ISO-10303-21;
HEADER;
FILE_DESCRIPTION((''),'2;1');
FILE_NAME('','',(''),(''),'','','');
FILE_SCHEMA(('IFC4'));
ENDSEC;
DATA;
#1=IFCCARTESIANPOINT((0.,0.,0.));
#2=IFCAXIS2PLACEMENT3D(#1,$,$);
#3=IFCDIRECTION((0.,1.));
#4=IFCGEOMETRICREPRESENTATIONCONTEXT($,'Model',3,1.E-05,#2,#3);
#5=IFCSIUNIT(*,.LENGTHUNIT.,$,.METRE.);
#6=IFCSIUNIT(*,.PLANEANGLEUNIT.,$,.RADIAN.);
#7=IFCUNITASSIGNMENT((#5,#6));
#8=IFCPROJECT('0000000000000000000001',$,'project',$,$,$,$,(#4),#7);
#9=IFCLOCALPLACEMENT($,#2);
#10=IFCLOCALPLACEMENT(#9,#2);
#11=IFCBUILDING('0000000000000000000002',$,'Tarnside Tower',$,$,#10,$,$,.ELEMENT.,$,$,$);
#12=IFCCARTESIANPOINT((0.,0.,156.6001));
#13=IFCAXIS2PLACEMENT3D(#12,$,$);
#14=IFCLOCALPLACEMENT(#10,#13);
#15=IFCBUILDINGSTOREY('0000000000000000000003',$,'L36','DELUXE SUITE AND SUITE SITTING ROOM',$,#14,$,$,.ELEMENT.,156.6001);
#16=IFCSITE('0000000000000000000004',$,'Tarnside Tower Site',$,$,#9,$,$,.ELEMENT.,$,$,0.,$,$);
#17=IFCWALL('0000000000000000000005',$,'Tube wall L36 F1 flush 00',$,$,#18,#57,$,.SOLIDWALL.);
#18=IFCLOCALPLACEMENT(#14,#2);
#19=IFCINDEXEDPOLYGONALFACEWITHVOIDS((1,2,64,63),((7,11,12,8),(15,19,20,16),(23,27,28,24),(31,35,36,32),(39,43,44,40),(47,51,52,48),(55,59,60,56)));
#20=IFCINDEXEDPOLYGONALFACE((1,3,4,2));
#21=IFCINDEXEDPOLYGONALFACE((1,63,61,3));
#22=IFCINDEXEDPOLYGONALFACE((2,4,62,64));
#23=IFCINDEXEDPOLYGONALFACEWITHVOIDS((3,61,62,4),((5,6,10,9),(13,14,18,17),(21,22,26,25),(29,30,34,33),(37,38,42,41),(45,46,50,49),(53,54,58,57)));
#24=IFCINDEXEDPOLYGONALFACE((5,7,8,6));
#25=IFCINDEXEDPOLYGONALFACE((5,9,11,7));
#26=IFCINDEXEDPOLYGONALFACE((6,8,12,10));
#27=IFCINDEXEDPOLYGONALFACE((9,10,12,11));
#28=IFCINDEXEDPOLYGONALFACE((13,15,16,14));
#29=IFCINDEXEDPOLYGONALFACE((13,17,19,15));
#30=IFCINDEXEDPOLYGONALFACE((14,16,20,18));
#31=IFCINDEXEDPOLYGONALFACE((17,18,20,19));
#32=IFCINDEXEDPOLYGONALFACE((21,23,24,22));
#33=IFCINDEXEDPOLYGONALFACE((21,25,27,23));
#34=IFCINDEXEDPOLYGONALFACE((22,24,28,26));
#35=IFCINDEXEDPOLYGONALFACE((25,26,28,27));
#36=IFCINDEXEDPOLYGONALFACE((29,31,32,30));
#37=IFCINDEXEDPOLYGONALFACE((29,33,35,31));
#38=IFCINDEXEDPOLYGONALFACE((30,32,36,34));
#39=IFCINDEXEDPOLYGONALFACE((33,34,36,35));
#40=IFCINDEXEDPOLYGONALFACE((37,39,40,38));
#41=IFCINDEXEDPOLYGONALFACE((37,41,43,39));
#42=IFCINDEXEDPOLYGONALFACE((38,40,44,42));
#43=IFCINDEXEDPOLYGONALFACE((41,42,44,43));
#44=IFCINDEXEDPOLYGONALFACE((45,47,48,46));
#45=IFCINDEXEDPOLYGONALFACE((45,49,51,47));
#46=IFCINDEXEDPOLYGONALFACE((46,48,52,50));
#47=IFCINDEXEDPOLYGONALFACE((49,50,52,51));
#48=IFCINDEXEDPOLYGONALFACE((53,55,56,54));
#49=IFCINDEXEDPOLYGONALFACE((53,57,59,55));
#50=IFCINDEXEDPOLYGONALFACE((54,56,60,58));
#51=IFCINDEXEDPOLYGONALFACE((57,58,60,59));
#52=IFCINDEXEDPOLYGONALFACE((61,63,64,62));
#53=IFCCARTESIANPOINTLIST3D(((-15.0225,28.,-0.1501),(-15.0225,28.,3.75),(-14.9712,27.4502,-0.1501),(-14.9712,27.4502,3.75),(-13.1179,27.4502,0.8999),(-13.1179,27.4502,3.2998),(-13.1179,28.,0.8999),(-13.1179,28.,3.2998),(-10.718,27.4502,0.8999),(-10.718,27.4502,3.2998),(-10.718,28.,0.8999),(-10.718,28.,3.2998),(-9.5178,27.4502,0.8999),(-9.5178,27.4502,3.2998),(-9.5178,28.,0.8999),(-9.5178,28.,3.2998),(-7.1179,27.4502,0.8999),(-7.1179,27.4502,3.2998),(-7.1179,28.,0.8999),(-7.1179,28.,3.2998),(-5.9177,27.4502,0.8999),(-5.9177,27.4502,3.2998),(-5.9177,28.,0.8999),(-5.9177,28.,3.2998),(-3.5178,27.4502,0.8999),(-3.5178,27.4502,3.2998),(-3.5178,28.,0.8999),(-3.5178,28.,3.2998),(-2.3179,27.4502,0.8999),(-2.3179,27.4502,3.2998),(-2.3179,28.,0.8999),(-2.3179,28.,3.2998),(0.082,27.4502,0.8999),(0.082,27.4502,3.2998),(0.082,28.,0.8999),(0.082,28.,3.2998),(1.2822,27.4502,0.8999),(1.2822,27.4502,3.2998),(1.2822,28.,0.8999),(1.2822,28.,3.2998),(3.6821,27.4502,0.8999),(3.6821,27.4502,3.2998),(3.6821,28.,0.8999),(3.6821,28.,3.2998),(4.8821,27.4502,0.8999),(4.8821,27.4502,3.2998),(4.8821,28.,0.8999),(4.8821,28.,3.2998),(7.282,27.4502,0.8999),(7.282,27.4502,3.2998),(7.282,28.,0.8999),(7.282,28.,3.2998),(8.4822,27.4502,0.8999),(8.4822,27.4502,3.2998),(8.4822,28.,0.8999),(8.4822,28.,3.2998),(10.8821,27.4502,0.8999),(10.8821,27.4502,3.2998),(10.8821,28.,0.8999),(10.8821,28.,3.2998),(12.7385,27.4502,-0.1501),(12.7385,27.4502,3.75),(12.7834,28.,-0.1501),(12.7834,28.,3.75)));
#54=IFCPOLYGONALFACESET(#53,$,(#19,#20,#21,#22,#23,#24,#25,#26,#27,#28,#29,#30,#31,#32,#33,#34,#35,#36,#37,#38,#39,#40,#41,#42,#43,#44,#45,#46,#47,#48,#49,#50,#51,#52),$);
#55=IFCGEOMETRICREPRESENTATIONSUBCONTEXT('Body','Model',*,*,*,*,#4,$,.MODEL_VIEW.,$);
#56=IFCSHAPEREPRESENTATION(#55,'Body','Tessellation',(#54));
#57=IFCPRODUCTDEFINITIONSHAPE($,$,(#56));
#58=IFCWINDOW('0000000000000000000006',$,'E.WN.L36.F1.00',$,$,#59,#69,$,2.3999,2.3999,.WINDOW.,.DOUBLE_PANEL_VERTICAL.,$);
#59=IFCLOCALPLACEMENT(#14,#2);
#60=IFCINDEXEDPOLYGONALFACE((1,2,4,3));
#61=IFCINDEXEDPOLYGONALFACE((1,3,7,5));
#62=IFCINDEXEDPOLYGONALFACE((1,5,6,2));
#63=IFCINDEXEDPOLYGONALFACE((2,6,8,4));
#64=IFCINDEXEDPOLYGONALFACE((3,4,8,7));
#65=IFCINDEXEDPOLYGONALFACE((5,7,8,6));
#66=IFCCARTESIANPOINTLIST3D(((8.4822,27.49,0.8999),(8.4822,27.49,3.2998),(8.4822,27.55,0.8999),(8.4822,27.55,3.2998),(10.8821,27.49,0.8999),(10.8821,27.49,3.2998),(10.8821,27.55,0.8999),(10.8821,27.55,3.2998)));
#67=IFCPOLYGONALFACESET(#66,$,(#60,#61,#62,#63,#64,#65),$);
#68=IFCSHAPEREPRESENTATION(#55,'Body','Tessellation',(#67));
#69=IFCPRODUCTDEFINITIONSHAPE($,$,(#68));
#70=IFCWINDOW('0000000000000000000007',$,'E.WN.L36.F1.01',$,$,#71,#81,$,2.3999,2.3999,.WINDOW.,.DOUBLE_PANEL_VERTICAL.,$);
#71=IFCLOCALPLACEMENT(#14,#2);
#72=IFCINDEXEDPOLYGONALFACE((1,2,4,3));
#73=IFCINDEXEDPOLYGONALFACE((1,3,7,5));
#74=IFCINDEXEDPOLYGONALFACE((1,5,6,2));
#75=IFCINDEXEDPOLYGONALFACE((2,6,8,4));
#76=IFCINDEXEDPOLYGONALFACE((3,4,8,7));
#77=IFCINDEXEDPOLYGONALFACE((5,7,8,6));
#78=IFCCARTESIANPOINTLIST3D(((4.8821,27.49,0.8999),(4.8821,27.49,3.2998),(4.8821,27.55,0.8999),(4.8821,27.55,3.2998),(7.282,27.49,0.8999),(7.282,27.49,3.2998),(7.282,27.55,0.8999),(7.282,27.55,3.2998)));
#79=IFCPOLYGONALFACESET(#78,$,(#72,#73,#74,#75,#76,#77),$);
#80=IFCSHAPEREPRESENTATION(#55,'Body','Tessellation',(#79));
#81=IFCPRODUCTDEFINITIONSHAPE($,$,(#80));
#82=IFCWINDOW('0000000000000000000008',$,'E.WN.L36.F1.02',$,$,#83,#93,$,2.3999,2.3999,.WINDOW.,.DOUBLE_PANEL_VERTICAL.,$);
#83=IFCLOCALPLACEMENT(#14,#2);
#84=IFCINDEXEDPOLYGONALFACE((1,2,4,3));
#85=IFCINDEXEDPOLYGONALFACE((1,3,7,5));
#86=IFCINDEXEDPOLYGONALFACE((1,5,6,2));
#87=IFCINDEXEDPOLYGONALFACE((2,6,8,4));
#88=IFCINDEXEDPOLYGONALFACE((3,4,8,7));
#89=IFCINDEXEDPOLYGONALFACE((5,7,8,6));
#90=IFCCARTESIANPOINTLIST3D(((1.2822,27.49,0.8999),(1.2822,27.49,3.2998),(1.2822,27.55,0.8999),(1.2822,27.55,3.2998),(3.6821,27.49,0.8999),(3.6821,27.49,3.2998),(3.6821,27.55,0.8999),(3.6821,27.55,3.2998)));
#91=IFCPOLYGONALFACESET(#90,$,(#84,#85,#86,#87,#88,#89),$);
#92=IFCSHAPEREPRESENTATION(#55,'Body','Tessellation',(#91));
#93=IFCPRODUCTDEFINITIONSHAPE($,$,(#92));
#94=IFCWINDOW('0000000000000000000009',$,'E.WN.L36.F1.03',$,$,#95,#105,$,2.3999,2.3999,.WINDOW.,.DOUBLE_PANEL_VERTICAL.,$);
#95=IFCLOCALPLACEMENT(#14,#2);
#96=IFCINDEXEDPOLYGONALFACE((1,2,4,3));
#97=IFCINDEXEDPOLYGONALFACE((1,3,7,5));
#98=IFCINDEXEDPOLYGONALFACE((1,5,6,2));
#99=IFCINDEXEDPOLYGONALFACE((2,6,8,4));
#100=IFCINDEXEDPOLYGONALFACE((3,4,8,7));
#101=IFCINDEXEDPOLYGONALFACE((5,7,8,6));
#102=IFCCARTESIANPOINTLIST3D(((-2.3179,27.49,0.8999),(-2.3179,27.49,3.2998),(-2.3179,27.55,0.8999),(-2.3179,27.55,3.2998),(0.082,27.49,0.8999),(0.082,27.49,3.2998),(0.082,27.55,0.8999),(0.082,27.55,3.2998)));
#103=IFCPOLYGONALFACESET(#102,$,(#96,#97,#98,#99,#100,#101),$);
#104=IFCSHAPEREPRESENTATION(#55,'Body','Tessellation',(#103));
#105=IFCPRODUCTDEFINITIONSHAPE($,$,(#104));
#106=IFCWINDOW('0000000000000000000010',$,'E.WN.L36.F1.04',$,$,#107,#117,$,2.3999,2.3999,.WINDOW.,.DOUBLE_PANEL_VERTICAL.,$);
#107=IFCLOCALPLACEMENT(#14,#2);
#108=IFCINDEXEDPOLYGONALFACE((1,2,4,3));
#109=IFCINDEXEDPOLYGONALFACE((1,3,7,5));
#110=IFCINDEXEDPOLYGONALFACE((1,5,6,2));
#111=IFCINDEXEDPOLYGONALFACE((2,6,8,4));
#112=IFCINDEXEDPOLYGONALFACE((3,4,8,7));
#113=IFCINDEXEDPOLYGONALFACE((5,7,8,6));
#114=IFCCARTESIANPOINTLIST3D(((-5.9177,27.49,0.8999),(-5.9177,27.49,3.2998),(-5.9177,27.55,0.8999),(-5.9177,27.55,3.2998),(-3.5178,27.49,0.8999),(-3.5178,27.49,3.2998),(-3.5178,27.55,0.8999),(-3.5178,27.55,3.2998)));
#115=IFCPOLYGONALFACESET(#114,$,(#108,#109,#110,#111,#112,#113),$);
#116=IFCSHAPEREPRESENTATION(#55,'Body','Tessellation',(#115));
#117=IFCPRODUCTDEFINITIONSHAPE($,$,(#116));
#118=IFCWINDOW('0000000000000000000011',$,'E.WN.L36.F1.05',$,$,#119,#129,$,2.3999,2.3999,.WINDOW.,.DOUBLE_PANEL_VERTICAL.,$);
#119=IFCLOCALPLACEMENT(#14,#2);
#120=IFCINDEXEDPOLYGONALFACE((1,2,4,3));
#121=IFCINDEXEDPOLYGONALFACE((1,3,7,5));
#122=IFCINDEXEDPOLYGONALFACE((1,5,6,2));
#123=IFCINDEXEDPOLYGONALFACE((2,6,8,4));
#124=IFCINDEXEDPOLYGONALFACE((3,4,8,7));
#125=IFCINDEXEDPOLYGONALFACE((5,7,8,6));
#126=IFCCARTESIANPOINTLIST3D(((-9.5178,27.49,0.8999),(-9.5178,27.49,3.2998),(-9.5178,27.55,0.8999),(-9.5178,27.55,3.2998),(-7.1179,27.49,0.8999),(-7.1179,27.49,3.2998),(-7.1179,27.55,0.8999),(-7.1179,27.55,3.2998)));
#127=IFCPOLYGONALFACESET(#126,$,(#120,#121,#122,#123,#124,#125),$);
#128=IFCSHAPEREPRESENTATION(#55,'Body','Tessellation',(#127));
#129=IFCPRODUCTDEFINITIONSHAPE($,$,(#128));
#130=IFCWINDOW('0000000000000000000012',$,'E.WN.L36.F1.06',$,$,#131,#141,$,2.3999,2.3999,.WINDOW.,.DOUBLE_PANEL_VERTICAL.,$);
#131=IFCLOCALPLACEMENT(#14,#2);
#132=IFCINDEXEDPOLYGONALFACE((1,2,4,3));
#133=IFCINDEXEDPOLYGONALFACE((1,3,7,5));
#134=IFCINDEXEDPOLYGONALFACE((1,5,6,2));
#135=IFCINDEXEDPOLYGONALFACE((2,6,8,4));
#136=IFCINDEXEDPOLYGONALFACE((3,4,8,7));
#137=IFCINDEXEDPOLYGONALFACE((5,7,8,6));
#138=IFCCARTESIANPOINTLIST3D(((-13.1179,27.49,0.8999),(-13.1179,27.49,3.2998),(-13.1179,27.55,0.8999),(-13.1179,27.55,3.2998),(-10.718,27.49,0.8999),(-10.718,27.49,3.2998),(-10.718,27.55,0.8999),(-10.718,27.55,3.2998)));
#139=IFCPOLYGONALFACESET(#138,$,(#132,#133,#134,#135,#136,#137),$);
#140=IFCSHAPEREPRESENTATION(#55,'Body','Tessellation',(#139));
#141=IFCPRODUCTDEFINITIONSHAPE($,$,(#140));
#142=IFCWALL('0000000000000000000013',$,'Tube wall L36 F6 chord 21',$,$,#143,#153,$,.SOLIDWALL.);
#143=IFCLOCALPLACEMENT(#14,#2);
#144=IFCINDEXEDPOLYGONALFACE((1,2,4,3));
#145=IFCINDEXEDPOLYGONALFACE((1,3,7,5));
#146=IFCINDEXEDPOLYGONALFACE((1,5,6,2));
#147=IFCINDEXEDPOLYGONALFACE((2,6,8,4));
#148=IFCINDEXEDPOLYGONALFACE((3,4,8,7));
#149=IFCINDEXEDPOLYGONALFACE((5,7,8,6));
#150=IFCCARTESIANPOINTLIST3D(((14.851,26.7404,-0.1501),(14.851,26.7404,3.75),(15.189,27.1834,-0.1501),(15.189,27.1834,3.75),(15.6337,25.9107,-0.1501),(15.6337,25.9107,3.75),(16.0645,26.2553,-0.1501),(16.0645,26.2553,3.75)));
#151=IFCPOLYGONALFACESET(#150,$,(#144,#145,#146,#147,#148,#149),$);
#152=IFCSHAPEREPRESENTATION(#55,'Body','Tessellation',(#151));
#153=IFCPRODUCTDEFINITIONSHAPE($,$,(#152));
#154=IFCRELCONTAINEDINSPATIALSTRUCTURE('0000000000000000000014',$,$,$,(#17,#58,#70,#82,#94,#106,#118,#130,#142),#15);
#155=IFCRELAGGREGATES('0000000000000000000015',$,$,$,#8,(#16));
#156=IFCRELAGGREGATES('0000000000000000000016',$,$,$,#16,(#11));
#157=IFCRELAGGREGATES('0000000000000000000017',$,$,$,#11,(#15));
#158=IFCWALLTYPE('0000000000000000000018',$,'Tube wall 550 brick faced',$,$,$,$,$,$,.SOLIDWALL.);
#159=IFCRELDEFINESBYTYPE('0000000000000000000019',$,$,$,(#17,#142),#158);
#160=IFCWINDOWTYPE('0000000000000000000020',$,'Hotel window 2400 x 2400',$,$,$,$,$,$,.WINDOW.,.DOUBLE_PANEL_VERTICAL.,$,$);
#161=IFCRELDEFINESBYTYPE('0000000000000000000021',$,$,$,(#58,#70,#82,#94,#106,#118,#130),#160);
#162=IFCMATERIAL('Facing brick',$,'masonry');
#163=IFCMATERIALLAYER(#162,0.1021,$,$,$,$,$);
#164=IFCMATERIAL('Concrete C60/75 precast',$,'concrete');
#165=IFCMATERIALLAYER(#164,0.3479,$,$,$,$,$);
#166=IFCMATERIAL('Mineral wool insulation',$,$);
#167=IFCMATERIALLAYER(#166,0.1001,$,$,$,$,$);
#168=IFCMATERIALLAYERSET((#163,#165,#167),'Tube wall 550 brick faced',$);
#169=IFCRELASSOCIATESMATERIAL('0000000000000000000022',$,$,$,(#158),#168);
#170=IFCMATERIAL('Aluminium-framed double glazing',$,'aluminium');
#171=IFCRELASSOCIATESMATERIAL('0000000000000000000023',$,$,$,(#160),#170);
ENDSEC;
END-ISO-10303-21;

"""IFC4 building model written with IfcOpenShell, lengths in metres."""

from ifc_helpers import new_model, si_unit, direction, frame, frame_2d, origin, place, context, subcontext, project, spatial, polyline, rectangle, outline, extrude, material, layer, layer_set, type_object, element, fill, save


model = new_model("IFC4")

# Units and contexts
model_context = context("Model", 3, precision=1e-05, world=origin(), true_north=direction((0.0, 1.0)))
body_context = subcontext(model_context, "Body", "Model", "MODEL_VIEW")
ifc_project = project(units=[si_unit("LENGTHUNIT", "METRE"), si_unit("PLANEANGLEUNIT", "RADIAN")], contexts=[model_context])

# Site, building, storey
site_placement = place(None, origin())
site = spatial("IfcSite", under=ifc_project, at=site_placement, Name="Tarnside Tower Site", CompositionType="ELEMENT", RefElevation=0.0)
building_placement = place(site_placement, origin())
building = spatial("IfcBuilding", under=site, at=building_placement, Name="Tarnside Tower", CompositionType="ELEMENT")
storey_placement = place(building_placement, frame((0.0, 0.0, 156.6001)))
storey = spatial("IfcBuildingStorey", under=building, at=storey_placement, Name="L36", Description="DELUXE SUITE AND SUITE SITTING ROOM", CompositionType="ELEMENT", Elevation=156.6001)

# Wall, openings, windows
ifc_material_1 = material(Name="Facing brick", Category="masonry")
ifc_layer_1 = layer(ifc_material_1, 0.1021)
ifc_material_2 = material(Name="Concrete C60/75 precast", Category="concrete")
ifc_layer_2 = layer(ifc_material_2, 0.3479)
ifc_material_3 = material(Name="Mineral wool insulation")
ifc_layer_3 = layer(ifc_material_3, 0.1001)
ifc_layer_set_1 = layer_set([ifc_layer_1, ifc_layer_2, ifc_layer_3], Name="Tube wall 550 brick faced")
wall_type_1 = type_object("IfcWallType", Name="Tube wall 550 brick faced", PredefinedType="SOLIDWALL", material=ifc_layer_set_1)
wall_1_placement = place(storey_placement, frame((12.761, 27.7251, -0.1501), z_axis=(0.0, 0.0, 1.0), x_axis=(-1.0, 0.0, 0.0)))
wall_1 = element("IfcWall", 1, at=wall_1_placement, inside=storey, type_object=wall_type_1, Name="Tube wall L36 F1 flush 00", PredefinedType="SOLIDWALL", context=body_context, shape_type="SweptSolid", body=[
    extrude(outline(polyline([(-0.0225, -0.2749), (27.7834, -0.2749), (27.7322, 0.2749), (0.0225, 0.2749), (-0.0225, -0.2749)])), origin(), (0.0, 0.0, 1.0), 3.9001),
])
opening_1_placement = place(wall_1_placement, frame((1.8789, 0.0, 1.05)))
opening_1 = element("IfcOpeningElement", 2, at=opening_1_placement, cuts=wall_1, PredefinedType="OPENING", context=body_context, shape_type="SweptSolid", body=[
    extrude(rectangle(XDim=2.3999, YDim=2.3999, at=frame_2d((1.2, 1.2))), frame((0.0, 0.2852, 0.0), z_axis=(0.0, -1.0, 0.0), x_axis=(1.0, 0.0, 0.0)), (0.0, 0.0, 1.0), 0.5701),
])
opening_2_placement = place(wall_1_placement, frame((5.479, 0.0, 1.05)))
opening_2 = element("IfcOpeningElement", 3, at=opening_2_placement, cuts=wall_1, PredefinedType="OPENING", context=body_context, shape_type="SweptSolid", body=[
    extrude(rectangle(XDim=2.3999, YDim=2.3999, at=frame_2d((1.2, 1.2))), frame((0.0, 0.2852, 0.0), z_axis=(0.0, -1.0, 0.0), x_axis=(1.0, 0.0, 0.0)), (0.0, 0.0, 1.0), 0.5701),
])
opening_3_placement = place(wall_1_placement, frame((9.0789, 0.0, 1.05)))
opening_3 = element("IfcOpeningElement", 4, at=opening_3_placement, cuts=wall_1, PredefinedType="OPENING", context=body_context, shape_type="SweptSolid", body=[
    extrude(rectangle(XDim=2.3999, YDim=2.3999, at=frame_2d((1.2, 1.2))), frame((0.0, 0.2852, 0.0), z_axis=(0.0, -1.0, 0.0), x_axis=(1.0, 0.0, 0.0)), (0.0, 0.0, 1.0), 0.5701),
])
opening_4_placement = place(wall_1_placement, frame((12.679, 0.0, 1.05)))
opening_4 = element("IfcOpeningElement", 5, at=opening_4_placement, cuts=wall_1, PredefinedType="OPENING", context=body_context, shape_type="SweptSolid", body=[
    extrude(rectangle(XDim=2.3999, YDim=2.3999, at=frame_2d((1.2, 1.2))), frame((0.0, 0.2852, 0.0), z_axis=(0.0, -1.0, 0.0), x_axis=(1.0, 0.0, 0.0)), (0.0, 0.0, 1.0), 0.5701),
])
opening_5_placement = place(wall_1_placement, frame((16.2788, 0.0, 1.05)))
opening_5 = element("IfcOpeningElement", 6, at=opening_5_placement, cuts=wall_1, PredefinedType="OPENING", context=body_context, shape_type="SweptSolid", body=[
    extrude(rectangle(XDim=2.3999, YDim=2.3999, at=frame_2d((1.2, 1.2))), frame((0.0, 0.2852, 0.0), z_axis=(0.0, -1.0, 0.0), x_axis=(1.0, 0.0, 0.0)), (0.0, 0.0, 1.0), 0.5701),
])
opening_6_placement = place(wall_1_placement, frame((19.8789, 0.0, 1.05)))
opening_6 = element("IfcOpeningElement", 7, at=opening_6_placement, cuts=wall_1, PredefinedType="OPENING", context=body_context, shape_type="SweptSolid", body=[
    extrude(rectangle(XDim=2.3999, YDim=2.3999, at=frame_2d((1.2, 1.2))), frame((0.0, 0.2852, 0.0), z_axis=(0.0, -1.0, 0.0), x_axis=(1.0, 0.0, 0.0)), (0.0, 0.0, 1.0), 0.5701),
])
opening_7_placement = place(wall_1_placement, frame((23.479, 0.0, 1.05)))
opening_7 = element("IfcOpeningElement", 8, at=opening_7_placement, cuts=wall_1, PredefinedType="OPENING", context=body_context, shape_type="SweptSolid", body=[
    extrude(rectangle(XDim=2.3999, YDim=2.3999, at=frame_2d((1.2, 1.2))), frame((0.0, 0.2852, 0.0), z_axis=(0.0, -1.0, 0.0), x_axis=(1.0, 0.0, 0.0)), (0.0, 0.0, 1.0), 0.5701),
])
ifc_material_4 = material(Name="Aluminium-framed double glazing", Category="aluminium")
window_type = type_object("IfcWindowType", Name="Hotel window 2400 x 2400", PartitioningType="DOUBLE_PANEL_VERTICAL", PredefinedType="WINDOW", material=ifc_material_4)
window_1_placement = place(opening_1_placement, frame((0.0, 0.2051, 0.0)))
window_1 = element("IfcWindow", 9, at=window_1_placement, inside=storey, type_object=window_type, Name="E.WN.L36.F1.00", OverallHeight=2.3999, OverallWidth=2.3999, PartitioningType="DOUBLE_PANEL_VERTICAL", PredefinedType="WINDOW", context=body_context, shape_type="SweptSolid", body=[
    extrude(rectangle(XDim=2.3999, YDim=2.3999, at=frame_2d((1.2, 1.2))), frame((0.0, 0.03, 0.0), z_axis=(0.0, -1.0, 0.0), x_axis=(1.0, 0.0, 0.0)), (0.0, 0.0, 1.0), 0.0601),
])
fill(opening_1, window_1)
window_2_placement = place(opening_2_placement, frame((0.0, 0.2051, 0.0)))
window_2 = element("IfcWindow", 10, at=window_2_placement, inside=storey, type_object=window_type, Name="E.WN.L36.F1.01", OverallHeight=2.3999, OverallWidth=2.3999, PartitioningType="DOUBLE_PANEL_VERTICAL", PredefinedType="WINDOW", context=body_context, shape_type="SweptSolid", body=[
    extrude(rectangle(XDim=2.3999, YDim=2.3999, at=frame_2d((1.2, 1.2))), frame((0.0, 0.03, 0.0), z_axis=(0.0, -1.0, 0.0), x_axis=(1.0, 0.0, 0.0)), (0.0, 0.0, 1.0), 0.0601),
])
fill(opening_2, window_2)
window_3_placement = place(opening_3_placement, frame((0.0, 0.2051, 0.0)))
window_3 = element("IfcWindow", 11, at=window_3_placement, inside=storey, type_object=window_type, Name="E.WN.L36.F1.02", OverallHeight=2.3999, OverallWidth=2.3999, PartitioningType="DOUBLE_PANEL_VERTICAL", PredefinedType="WINDOW", context=body_context, shape_type="SweptSolid", body=[
    extrude(rectangle(XDim=2.3999, YDim=2.3999, at=frame_2d((1.2, 1.2))), frame((0.0, 0.03, 0.0), z_axis=(0.0, -1.0, 0.0), x_axis=(1.0, 0.0, 0.0)), (0.0, 0.0, 1.0), 0.0601),
])
fill(opening_3, window_3)
window_4_placement = place(opening_4_placement, frame((0.0, 0.2051, 0.0)))
window_4 = element("IfcWindow", 12, at=window_4_placement, inside=storey, type_object=window_type, Name="E.WN.L36.F1.03", OverallHeight=2.3999, OverallWidth=2.3999, PartitioningType="DOUBLE_PANEL_VERTICAL", PredefinedType="WINDOW", context=body_context, shape_type="SweptSolid", body=[
    extrude(rectangle(XDim=2.3999, YDim=2.3999, at=frame_2d((1.2, 1.2))), frame((0.0, 0.03, 0.0), z_axis=(0.0, -1.0, 0.0), x_axis=(1.0, 0.0, 0.0)), (0.0, 0.0, 1.0), 0.0601),
])
fill(opening_4, window_4)
window_5_placement = place(opening_5_placement, frame((0.0, 0.2051, 0.0)))
window_5 = element("IfcWindow", 13, at=window_5_placement, inside=storey, type_object=window_type, Name="E.WN.L36.F1.04", OverallHeight=2.3999, OverallWidth=2.3999, PartitioningType="DOUBLE_PANEL_VERTICAL", PredefinedType="WINDOW", context=body_context, shape_type="SweptSolid", body=[
    extrude(rectangle(XDim=2.3999, YDim=2.3999, at=frame_2d((1.2, 1.2))), frame((0.0, 0.03, 0.0), z_axis=(0.0, -1.0, 0.0), x_axis=(1.0, 0.0, 0.0)), (0.0, 0.0, 1.0), 0.0601),
])
fill(opening_5, window_5)
window_6_placement = place(opening_6_placement, frame((0.0, 0.2051, 0.0)))
window_6 = element("IfcWindow", 14, at=window_6_placement, inside=storey, type_object=window_type, Name="E.WN.L36.F1.05", OverallHeight=2.3999, OverallWidth=2.3999, PartitioningType="DOUBLE_PANEL_VERTICAL", PredefinedType="WINDOW", context=body_context, shape_type="SweptSolid", body=[
    extrude(rectangle(XDim=2.3999, YDim=2.3999, at=frame_2d((1.2, 1.2))), frame((0.0, 0.03, 0.0), z_axis=(0.0, -1.0, 0.0), x_axis=(1.0, 0.0, 0.0)), (0.0, 0.0, 1.0), 0.0601),
])
fill(opening_6, window_6)
window_7_placement = place(opening_7_placement, frame((0.0, 0.2051, 0.0)))
window_7 = element("IfcWindow", 15, at=window_7_placement, inside=storey, type_object=window_type, Name="E.WN.L36.F1.06", OverallHeight=2.3999, OverallWidth=2.3999, PartitioningType="DOUBLE_PANEL_VERTICAL", PredefinedType="WINDOW", context=body_context, shape_type="SweptSolid", body=[
    extrude(rectangle(XDim=2.3999, YDim=2.3999, at=frame_2d((1.2, 1.2))), frame((0.0, 0.03, 0.0), z_axis=(0.0, -1.0, 0.0), x_axis=(1.0, 0.0, 0.0)), (0.0, 0.0, 1.0), 0.0601),
])
fill(opening_7, window_7)

# Wall
wall_2_placement = place(storey_placement, frame((15.8491, 26.083, -0.1501), z_axis=(0.0, 0.0, 1.0), x_axis=(-0.686196, 0.727416, 0.0)))
element("IfcWall", 16, at=wall_2_placement, inside=storey, type_object=wall_type_1, Name="Tube wall L36 F6 chord 21", PredefinedType="SOLIDWALL", context=body_context, shape_type="SweptSolid", body=[
    extrude(outline(polyline([(-0.0225, -0.2749), (1.2534, -0.2749), (1.1631, 0.2749), (0.0225, 0.2749), (-0.0225, -0.2749)])), origin(), (0.0, 0.0, 1.0), 3.9001),
])

save(model, "model.ifc")
